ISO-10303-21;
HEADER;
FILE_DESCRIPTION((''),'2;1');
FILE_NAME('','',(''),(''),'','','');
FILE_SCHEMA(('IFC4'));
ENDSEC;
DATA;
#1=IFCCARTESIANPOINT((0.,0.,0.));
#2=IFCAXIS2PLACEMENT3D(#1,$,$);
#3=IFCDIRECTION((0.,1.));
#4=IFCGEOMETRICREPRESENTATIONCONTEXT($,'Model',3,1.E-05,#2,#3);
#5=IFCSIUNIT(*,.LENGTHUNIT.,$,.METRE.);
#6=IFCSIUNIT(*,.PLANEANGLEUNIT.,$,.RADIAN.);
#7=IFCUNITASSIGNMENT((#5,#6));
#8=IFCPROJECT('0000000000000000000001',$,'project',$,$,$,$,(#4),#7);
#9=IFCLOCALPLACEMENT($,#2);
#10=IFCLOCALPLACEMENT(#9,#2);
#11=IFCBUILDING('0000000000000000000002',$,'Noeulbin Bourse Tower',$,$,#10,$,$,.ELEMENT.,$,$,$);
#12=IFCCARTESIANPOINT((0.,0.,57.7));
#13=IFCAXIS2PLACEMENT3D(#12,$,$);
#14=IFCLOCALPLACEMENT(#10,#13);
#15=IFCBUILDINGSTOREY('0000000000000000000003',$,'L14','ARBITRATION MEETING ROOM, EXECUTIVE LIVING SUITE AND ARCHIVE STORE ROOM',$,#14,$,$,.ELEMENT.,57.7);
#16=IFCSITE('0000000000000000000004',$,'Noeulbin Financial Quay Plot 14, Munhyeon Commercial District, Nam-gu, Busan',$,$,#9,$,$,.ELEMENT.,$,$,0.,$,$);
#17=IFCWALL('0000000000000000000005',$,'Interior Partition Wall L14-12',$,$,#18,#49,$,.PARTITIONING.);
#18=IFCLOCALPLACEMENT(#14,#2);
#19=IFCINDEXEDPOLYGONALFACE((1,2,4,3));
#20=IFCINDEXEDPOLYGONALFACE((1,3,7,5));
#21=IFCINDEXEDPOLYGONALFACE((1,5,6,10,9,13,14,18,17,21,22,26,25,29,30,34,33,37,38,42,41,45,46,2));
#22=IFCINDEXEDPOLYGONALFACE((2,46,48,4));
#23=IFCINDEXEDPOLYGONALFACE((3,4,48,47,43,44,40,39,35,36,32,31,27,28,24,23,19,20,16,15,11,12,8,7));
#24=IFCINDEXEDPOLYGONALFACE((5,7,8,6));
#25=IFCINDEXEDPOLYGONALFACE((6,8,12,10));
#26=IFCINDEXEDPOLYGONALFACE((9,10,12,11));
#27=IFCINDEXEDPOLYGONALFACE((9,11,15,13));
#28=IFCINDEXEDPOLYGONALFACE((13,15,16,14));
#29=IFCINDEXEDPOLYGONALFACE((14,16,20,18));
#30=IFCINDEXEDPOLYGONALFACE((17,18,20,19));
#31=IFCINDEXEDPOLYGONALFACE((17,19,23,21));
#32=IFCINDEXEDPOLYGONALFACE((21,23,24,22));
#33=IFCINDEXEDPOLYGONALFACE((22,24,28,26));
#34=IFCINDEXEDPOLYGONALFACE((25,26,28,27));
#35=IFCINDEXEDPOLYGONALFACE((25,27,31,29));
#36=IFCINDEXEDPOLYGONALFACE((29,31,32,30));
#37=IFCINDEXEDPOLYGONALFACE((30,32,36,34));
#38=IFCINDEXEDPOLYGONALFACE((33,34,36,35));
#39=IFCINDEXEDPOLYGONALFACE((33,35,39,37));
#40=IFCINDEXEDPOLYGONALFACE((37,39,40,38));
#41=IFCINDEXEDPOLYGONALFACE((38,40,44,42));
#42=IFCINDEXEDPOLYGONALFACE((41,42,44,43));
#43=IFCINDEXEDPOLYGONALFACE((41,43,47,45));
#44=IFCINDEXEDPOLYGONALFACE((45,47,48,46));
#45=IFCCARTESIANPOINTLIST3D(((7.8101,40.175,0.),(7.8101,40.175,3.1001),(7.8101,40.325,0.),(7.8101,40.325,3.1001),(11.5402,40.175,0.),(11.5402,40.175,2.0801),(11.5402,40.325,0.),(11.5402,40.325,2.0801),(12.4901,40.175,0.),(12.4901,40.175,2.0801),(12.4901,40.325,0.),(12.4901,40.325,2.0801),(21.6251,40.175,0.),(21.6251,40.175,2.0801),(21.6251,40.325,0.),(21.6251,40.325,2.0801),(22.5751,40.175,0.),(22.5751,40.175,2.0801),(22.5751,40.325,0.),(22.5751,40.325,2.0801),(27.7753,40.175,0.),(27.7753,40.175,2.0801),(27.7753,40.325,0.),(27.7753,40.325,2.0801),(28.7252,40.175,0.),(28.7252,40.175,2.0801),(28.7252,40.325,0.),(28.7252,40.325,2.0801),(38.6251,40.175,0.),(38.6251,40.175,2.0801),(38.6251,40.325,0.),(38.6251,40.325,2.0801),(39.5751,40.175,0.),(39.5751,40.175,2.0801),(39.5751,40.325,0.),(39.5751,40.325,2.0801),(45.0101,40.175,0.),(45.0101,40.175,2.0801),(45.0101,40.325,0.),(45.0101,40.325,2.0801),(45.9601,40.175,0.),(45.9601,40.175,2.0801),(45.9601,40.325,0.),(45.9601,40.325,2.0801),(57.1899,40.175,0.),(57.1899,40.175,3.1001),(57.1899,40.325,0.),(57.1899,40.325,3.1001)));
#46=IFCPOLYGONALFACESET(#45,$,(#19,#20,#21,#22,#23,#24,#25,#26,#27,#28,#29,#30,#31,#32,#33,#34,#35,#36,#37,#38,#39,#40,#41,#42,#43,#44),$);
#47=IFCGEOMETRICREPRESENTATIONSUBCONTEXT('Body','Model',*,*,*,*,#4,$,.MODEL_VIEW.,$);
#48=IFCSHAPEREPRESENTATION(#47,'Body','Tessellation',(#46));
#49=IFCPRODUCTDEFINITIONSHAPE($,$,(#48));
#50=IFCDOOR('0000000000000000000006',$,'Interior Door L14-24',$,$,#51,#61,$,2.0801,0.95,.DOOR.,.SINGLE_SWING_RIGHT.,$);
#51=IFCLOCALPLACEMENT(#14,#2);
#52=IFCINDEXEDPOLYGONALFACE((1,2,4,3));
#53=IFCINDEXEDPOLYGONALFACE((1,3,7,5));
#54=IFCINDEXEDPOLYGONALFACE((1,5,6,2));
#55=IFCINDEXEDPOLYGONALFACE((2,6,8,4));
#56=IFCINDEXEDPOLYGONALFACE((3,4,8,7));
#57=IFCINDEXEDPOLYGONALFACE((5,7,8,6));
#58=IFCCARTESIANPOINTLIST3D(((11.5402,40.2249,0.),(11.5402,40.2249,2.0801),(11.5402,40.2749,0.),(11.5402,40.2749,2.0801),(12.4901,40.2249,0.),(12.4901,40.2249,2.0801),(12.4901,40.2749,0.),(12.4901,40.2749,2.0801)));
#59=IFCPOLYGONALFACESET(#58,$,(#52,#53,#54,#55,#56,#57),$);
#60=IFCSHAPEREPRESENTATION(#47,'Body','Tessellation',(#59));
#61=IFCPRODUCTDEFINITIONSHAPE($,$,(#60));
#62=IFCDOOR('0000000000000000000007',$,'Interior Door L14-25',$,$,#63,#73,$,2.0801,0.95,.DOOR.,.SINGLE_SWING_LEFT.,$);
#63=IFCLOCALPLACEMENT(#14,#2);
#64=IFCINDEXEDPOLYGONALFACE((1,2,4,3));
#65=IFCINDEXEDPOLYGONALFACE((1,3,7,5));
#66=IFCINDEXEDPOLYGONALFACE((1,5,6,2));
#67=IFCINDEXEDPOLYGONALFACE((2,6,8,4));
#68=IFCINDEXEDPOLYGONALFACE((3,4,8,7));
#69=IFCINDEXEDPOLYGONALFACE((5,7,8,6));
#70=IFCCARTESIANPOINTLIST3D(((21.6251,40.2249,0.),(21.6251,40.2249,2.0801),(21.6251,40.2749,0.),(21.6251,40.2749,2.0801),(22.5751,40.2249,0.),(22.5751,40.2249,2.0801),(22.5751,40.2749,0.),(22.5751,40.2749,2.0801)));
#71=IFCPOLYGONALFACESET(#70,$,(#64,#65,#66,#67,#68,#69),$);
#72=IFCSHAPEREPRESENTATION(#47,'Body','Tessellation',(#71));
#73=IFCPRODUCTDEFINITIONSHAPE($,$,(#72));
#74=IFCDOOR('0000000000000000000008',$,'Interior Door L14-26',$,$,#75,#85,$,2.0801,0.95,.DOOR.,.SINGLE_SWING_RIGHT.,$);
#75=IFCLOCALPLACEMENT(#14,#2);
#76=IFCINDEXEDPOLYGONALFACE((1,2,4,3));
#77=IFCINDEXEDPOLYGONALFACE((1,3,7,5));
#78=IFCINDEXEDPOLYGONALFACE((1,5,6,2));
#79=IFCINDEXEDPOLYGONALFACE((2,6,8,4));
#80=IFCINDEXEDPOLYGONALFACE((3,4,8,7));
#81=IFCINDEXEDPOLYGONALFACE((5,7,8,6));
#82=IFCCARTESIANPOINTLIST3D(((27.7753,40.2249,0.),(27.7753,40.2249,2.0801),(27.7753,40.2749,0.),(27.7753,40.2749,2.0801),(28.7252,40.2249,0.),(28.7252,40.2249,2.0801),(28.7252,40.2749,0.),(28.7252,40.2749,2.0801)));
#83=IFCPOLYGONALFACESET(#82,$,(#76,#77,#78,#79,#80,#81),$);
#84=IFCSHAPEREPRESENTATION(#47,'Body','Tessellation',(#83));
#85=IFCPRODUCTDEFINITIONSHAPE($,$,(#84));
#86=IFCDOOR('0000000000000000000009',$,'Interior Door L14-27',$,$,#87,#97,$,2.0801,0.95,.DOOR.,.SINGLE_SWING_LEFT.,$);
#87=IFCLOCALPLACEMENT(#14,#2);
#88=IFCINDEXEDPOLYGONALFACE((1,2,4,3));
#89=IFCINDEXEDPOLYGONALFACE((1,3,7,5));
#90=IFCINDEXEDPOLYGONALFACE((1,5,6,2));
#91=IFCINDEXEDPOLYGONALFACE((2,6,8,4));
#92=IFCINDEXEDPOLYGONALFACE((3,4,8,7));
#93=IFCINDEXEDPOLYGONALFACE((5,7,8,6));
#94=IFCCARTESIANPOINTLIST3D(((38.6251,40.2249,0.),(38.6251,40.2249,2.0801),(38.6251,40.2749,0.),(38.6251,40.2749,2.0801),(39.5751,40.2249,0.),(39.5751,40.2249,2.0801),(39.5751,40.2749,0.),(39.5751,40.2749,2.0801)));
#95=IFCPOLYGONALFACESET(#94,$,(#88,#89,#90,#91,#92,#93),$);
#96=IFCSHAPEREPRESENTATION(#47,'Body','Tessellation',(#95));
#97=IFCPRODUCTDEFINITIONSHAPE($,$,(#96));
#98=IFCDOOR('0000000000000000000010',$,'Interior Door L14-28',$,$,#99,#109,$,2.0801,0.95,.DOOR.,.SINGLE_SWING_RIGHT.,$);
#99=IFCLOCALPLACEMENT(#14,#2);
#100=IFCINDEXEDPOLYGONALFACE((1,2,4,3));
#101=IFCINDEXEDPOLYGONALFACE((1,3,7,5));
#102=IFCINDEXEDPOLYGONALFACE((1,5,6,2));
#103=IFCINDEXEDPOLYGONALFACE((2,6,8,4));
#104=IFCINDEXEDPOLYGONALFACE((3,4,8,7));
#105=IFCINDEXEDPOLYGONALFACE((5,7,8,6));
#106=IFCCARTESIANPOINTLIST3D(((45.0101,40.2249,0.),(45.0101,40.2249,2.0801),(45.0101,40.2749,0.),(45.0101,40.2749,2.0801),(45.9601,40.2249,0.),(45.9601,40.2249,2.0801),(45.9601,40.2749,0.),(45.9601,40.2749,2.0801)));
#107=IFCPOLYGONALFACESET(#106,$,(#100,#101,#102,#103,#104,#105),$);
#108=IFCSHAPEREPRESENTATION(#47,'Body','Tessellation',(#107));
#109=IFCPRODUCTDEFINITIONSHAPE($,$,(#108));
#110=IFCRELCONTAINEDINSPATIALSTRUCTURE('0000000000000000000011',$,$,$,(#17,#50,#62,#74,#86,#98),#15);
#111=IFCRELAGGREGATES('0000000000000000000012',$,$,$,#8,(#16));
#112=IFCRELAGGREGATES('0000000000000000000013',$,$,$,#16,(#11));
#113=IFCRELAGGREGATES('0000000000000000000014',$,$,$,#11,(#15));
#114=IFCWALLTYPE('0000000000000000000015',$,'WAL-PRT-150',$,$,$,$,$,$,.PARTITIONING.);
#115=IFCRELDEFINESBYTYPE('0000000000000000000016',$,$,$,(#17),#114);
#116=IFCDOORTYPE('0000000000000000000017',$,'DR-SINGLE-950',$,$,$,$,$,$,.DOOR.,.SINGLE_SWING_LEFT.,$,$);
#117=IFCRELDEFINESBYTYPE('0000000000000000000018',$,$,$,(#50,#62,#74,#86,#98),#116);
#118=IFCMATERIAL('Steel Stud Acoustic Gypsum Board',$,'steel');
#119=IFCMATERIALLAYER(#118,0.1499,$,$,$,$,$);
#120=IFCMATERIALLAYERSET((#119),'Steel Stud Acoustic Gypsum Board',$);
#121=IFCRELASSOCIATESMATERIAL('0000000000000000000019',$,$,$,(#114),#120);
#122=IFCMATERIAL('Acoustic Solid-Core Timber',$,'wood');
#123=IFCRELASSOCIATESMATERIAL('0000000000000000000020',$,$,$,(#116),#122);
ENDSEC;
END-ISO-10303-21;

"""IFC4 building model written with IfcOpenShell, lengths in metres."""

from ifc_helpers import new_model, si_unit, direction, frame, frame_2d, origin, place, context, subcontext, project, spatial, rectangle, extrude, material, layer, layer_set, type_object, element, fill, save


model = new_model("IFC4")

# Units and contexts
model_context = context("Model", 3, precision=1e-05, world=origin(), true_north=direction((0.0, 1.0)))
body_context = subcontext(model_context, "Body", "Model", "MODEL_VIEW")
ifc_project = project(units=[si_unit("LENGTHUNIT", "METRE"), si_unit("PLANEANGLEUNIT", "RADIAN")], contexts=[model_context])

# Site, building, storey
site_placement = place(None, origin())
site = spatial("IfcSite", under=ifc_project, at=site_placement, Name="Noeulbin Financial Quay Plot 14, Munhyeon Commercial District, Nam-gu, Busan", CompositionType="ELEMENT", RefElevation=0.0)
building_placement = place(site_placement, origin())
building = spatial("IfcBuilding", under=site, at=building_placement, Name="Noeulbin Bourse Tower", CompositionType="ELEMENT")
storey_placement = place(building_placement, frame((0.0, 0.0, 57.7)))
storey = spatial("IfcBuildingStorey", under=building, at=storey_placement, Name="L14", Description="ARBITRATION MEETING ROOM, EXECUTIVE LIVING SUITE AND ARCHIVE STORE ROOM", CompositionType="ELEMENT", Elevation=57.7)

# Wall, openings, doors
ifc_material_1 = material(Name="Steel Stud Acoustic Gypsum Board", Category="steel")
ifc_layer_1 = layer(ifc_material_1, 0.1499)
ifc_layer_set_1 = layer_set([ifc_layer_1], Name="Steel Stud Acoustic Gypsum Board")
wall_type_1 = type_object("IfcWallType", Name="WAL-PRT-150", PredefinedType="PARTITIONING", material=ifc_layer_set_1)
wall_1_placement = place(storey_placement, frame((7.8101, 40.25, 0.0), z_axis=(0.0, 0.0, 1.0), x_axis=(1.0, 0.0, 0.0)))
wall_1 = element("IfcWall", 1, at=wall_1_placement, inside=storey, type_object=wall_type_1, Name="Interior Partition Wall L14-12", PredefinedType="PARTITIONING", context=body_context, shape_type="SweptSolid", body=[
    extrude(rectangle(XDim=49.3799, YDim=0.1499, at=frame_2d((24.6899, 0.0))), origin(), (0.0, 0.0, 1.0), 3.1001),
])
opening_1_placement = place(wall_1_placement, frame((3.73, 0.0, 0.0)))
opening_1 = element("IfcOpeningElement", 2, at=opening_1_placement, cuts=wall_1, PredefinedType="OPENING", context=body_context, shape_type="SweptSolid", body=[
    extrude(rectangle(XDim=0.95, YDim=2.0801, at=frame_2d((0.4751, 1.04))), frame((0.0, 0.085, 0.0), z_axis=(0.0, -1.0, 0.0), x_axis=(1.0, 0.0, 0.0)), (0.0, 0.0, 1.0), 0.1699),
])
opening_2_placement = place(wall_1_placement, frame((13.8149, 0.0, 0.0)))
opening_2 = element("IfcOpeningElement", 3, at=opening_2_placement, cuts=wall_1, PredefinedType="OPENING", context=body_context, shape_type="SweptSolid", body=[
    extrude(rectangle(XDim=0.95, YDim=2.0801, at=frame_2d((0.4751, 1.04))), frame((0.0, 0.085, 0.0), z_axis=(0.0, -1.0, 0.0), x_axis=(1.0, 0.0, 0.0)), (0.0, 0.0, 1.0), 0.1699),
])
opening_3_placement = place(wall_1_placement, frame((19.9651, 0.0, 0.0)))
opening_3 = element("IfcOpeningElement", 4, at=opening_3_placement, cuts=wall_1, PredefinedType="OPENING", context=body_context, shape_type="SweptSolid", body=[
    extrude(rectangle(XDim=0.95, YDim=2.0801, at=frame_2d((0.4751, 1.04))), frame((0.0, 0.085, 0.0), z_axis=(0.0, -1.0, 0.0), x_axis=(1.0, 0.0, 0.0)), (0.0, 0.0, 1.0), 0.1699),
])
opening_4_placement = place(wall_1_placement, frame((30.8149, 0.0, 0.0)))
opening_4 = element("IfcOpeningElement", 5, at=opening_4_placement, cuts=wall_1, PredefinedType="OPENING", context=body_context, shape_type="SweptSolid", body=[
    extrude(rectangle(XDim=0.95, YDim=2.0801, at=frame_2d((0.4751, 1.04))), frame((0.0, 0.085, 0.0), z_axis=(0.0, -1.0, 0.0), x_axis=(1.0, 0.0, 0.0)), (0.0, 0.0, 1.0), 0.1699),
])
opening_5_placement = place(wall_1_placement, frame((37.2, 0.0, 0.0)))
opening_5 = element("IfcOpeningElement", 6, at=opening_5_placement, cuts=wall_1, PredefinedType="OPENING", context=body_context, shape_type="SweptSolid", body=[
    extrude(rectangle(XDim=0.95, YDim=2.0801, at=frame_2d((0.4751, 1.04))), frame((0.0, 0.085, 0.0), z_axis=(0.0, -1.0, 0.0), x_axis=(1.0, 0.0, 0.0)), (0.0, 0.0, 1.0), 0.1699),
])
ifc_material_2 = material(Name="Acoustic Solid-Core Timber", Category="wood")
door_type = type_object("IfcDoorType", Name="DR-SINGLE-950", OperationType="SINGLE_SWING_LEFT", PredefinedType="DOOR", material=ifc_material_2)
door_1_placement = place(opening_1_placement, origin())
door_1 = element("IfcDoor", 7, at=door_1_placement, inside=storey, type_object=door_type, Name="Interior Door L14-24", OperationType="SINGLE_SWING_RIGHT", OverallHeight=2.0801, OverallWidth=0.95, PredefinedType="DOOR", context=body_context, shape_type="SweptSolid", body=[
    extrude(rectangle(XDim=0.95, YDim=2.0801, at=frame_2d((0.4751, 1.04))), frame((0.0, 0.0249, 0.0), z_axis=(0.0, -1.0, 0.0), x_axis=(1.0, 0.0, 0.0)), (0.0, 0.0, 1.0), 0.05),
])
fill(opening_1, door_1)
door_2_placement = place(opening_2_placement, origin())
door_2 = element("IfcDoor", 8, at=door_2_placement, inside=storey, type_object=door_type, Name="Interior Door L14-25", OperationType="SINGLE_SWING_LEFT", OverallHeight=2.0801, OverallWidth=0.95, PredefinedType="DOOR", context=body_context, shape_type="SweptSolid", body=[
    extrude(rectangle(XDim=0.95, YDim=2.0801, at=frame_2d((0.4751, 1.04))), frame((0.0, 0.0249, 0.0), z_axis=(0.0, -1.0, 0.0), x_axis=(1.0, 0.0, 0.0)), (0.0, 0.0, 1.0), 0.05),
])
fill(opening_2, door_2)
door_3_placement = place(opening_3_placement, origin())
door_3 = element("IfcDoor", 9, at=door_3_placement, inside=storey, type_object=door_type, Name="Interior Door L14-26", OperationType="SINGLE_SWING_RIGHT", OverallHeight=2.0801, OverallWidth=0.95, PredefinedType="DOOR", context=body_context, shape_type="SweptSolid", body=[
    extrude(rectangle(XDim=0.95, YDim=2.0801, at=frame_2d((0.4751, 1.04))), frame((0.0, 0.0249, 0.0), z_axis=(0.0, -1.0, 0.0), x_axis=(1.0, 0.0, 0.0)), (0.0, 0.0, 1.0), 0.05),
])
fill(opening_3, door_3)
door_4_placement = place(opening_4_placement, origin())
door_4 = element("IfcDoor", 10, at=door_4_placement, inside=storey, type_object=door_type, Name="Interior Door L14-27", OperationType="SINGLE_SWING_LEFT", OverallHeight=2.0801, OverallWidth=0.95, PredefinedType="DOOR", context=body_context, shape_type="SweptSolid", body=[
    extrude(rectangle(XDim=0.95, YDim=2.0801, at=frame_2d((0.4751, 1.04))), frame((0.0, 0.0249, 0.0), z_axis=(0.0, -1.0, 0.0), x_axis=(1.0, 0.0, 0.0)), (0.0, 0.0, 1.0), 0.05),
])
fill(opening_4, door_4)
door_5_placement = place(opening_5_placement, origin())
door_5 = element("IfcDoor", 11, at=door_5_placement, inside=storey, type_object=door_type, Name="Interior Door L14-28", OperationType="SINGLE_SWING_RIGHT", OverallHeight=2.0801, OverallWidth=0.95, PredefinedType="DOOR", context=body_context, shape_type="SweptSolid", body=[
    extrude(rectangle(XDim=0.95, YDim=2.0801, at=frame_2d((0.4751, 1.04))), frame((0.0, 0.0249, 0.0), z_axis=(0.0, -1.0, 0.0), x_axis=(1.0, 0.0, 0.0)), (0.0, 0.0, 1.0), 0.05),
])
fill(opening_5, door_5)

save(model, "model.ifc")
